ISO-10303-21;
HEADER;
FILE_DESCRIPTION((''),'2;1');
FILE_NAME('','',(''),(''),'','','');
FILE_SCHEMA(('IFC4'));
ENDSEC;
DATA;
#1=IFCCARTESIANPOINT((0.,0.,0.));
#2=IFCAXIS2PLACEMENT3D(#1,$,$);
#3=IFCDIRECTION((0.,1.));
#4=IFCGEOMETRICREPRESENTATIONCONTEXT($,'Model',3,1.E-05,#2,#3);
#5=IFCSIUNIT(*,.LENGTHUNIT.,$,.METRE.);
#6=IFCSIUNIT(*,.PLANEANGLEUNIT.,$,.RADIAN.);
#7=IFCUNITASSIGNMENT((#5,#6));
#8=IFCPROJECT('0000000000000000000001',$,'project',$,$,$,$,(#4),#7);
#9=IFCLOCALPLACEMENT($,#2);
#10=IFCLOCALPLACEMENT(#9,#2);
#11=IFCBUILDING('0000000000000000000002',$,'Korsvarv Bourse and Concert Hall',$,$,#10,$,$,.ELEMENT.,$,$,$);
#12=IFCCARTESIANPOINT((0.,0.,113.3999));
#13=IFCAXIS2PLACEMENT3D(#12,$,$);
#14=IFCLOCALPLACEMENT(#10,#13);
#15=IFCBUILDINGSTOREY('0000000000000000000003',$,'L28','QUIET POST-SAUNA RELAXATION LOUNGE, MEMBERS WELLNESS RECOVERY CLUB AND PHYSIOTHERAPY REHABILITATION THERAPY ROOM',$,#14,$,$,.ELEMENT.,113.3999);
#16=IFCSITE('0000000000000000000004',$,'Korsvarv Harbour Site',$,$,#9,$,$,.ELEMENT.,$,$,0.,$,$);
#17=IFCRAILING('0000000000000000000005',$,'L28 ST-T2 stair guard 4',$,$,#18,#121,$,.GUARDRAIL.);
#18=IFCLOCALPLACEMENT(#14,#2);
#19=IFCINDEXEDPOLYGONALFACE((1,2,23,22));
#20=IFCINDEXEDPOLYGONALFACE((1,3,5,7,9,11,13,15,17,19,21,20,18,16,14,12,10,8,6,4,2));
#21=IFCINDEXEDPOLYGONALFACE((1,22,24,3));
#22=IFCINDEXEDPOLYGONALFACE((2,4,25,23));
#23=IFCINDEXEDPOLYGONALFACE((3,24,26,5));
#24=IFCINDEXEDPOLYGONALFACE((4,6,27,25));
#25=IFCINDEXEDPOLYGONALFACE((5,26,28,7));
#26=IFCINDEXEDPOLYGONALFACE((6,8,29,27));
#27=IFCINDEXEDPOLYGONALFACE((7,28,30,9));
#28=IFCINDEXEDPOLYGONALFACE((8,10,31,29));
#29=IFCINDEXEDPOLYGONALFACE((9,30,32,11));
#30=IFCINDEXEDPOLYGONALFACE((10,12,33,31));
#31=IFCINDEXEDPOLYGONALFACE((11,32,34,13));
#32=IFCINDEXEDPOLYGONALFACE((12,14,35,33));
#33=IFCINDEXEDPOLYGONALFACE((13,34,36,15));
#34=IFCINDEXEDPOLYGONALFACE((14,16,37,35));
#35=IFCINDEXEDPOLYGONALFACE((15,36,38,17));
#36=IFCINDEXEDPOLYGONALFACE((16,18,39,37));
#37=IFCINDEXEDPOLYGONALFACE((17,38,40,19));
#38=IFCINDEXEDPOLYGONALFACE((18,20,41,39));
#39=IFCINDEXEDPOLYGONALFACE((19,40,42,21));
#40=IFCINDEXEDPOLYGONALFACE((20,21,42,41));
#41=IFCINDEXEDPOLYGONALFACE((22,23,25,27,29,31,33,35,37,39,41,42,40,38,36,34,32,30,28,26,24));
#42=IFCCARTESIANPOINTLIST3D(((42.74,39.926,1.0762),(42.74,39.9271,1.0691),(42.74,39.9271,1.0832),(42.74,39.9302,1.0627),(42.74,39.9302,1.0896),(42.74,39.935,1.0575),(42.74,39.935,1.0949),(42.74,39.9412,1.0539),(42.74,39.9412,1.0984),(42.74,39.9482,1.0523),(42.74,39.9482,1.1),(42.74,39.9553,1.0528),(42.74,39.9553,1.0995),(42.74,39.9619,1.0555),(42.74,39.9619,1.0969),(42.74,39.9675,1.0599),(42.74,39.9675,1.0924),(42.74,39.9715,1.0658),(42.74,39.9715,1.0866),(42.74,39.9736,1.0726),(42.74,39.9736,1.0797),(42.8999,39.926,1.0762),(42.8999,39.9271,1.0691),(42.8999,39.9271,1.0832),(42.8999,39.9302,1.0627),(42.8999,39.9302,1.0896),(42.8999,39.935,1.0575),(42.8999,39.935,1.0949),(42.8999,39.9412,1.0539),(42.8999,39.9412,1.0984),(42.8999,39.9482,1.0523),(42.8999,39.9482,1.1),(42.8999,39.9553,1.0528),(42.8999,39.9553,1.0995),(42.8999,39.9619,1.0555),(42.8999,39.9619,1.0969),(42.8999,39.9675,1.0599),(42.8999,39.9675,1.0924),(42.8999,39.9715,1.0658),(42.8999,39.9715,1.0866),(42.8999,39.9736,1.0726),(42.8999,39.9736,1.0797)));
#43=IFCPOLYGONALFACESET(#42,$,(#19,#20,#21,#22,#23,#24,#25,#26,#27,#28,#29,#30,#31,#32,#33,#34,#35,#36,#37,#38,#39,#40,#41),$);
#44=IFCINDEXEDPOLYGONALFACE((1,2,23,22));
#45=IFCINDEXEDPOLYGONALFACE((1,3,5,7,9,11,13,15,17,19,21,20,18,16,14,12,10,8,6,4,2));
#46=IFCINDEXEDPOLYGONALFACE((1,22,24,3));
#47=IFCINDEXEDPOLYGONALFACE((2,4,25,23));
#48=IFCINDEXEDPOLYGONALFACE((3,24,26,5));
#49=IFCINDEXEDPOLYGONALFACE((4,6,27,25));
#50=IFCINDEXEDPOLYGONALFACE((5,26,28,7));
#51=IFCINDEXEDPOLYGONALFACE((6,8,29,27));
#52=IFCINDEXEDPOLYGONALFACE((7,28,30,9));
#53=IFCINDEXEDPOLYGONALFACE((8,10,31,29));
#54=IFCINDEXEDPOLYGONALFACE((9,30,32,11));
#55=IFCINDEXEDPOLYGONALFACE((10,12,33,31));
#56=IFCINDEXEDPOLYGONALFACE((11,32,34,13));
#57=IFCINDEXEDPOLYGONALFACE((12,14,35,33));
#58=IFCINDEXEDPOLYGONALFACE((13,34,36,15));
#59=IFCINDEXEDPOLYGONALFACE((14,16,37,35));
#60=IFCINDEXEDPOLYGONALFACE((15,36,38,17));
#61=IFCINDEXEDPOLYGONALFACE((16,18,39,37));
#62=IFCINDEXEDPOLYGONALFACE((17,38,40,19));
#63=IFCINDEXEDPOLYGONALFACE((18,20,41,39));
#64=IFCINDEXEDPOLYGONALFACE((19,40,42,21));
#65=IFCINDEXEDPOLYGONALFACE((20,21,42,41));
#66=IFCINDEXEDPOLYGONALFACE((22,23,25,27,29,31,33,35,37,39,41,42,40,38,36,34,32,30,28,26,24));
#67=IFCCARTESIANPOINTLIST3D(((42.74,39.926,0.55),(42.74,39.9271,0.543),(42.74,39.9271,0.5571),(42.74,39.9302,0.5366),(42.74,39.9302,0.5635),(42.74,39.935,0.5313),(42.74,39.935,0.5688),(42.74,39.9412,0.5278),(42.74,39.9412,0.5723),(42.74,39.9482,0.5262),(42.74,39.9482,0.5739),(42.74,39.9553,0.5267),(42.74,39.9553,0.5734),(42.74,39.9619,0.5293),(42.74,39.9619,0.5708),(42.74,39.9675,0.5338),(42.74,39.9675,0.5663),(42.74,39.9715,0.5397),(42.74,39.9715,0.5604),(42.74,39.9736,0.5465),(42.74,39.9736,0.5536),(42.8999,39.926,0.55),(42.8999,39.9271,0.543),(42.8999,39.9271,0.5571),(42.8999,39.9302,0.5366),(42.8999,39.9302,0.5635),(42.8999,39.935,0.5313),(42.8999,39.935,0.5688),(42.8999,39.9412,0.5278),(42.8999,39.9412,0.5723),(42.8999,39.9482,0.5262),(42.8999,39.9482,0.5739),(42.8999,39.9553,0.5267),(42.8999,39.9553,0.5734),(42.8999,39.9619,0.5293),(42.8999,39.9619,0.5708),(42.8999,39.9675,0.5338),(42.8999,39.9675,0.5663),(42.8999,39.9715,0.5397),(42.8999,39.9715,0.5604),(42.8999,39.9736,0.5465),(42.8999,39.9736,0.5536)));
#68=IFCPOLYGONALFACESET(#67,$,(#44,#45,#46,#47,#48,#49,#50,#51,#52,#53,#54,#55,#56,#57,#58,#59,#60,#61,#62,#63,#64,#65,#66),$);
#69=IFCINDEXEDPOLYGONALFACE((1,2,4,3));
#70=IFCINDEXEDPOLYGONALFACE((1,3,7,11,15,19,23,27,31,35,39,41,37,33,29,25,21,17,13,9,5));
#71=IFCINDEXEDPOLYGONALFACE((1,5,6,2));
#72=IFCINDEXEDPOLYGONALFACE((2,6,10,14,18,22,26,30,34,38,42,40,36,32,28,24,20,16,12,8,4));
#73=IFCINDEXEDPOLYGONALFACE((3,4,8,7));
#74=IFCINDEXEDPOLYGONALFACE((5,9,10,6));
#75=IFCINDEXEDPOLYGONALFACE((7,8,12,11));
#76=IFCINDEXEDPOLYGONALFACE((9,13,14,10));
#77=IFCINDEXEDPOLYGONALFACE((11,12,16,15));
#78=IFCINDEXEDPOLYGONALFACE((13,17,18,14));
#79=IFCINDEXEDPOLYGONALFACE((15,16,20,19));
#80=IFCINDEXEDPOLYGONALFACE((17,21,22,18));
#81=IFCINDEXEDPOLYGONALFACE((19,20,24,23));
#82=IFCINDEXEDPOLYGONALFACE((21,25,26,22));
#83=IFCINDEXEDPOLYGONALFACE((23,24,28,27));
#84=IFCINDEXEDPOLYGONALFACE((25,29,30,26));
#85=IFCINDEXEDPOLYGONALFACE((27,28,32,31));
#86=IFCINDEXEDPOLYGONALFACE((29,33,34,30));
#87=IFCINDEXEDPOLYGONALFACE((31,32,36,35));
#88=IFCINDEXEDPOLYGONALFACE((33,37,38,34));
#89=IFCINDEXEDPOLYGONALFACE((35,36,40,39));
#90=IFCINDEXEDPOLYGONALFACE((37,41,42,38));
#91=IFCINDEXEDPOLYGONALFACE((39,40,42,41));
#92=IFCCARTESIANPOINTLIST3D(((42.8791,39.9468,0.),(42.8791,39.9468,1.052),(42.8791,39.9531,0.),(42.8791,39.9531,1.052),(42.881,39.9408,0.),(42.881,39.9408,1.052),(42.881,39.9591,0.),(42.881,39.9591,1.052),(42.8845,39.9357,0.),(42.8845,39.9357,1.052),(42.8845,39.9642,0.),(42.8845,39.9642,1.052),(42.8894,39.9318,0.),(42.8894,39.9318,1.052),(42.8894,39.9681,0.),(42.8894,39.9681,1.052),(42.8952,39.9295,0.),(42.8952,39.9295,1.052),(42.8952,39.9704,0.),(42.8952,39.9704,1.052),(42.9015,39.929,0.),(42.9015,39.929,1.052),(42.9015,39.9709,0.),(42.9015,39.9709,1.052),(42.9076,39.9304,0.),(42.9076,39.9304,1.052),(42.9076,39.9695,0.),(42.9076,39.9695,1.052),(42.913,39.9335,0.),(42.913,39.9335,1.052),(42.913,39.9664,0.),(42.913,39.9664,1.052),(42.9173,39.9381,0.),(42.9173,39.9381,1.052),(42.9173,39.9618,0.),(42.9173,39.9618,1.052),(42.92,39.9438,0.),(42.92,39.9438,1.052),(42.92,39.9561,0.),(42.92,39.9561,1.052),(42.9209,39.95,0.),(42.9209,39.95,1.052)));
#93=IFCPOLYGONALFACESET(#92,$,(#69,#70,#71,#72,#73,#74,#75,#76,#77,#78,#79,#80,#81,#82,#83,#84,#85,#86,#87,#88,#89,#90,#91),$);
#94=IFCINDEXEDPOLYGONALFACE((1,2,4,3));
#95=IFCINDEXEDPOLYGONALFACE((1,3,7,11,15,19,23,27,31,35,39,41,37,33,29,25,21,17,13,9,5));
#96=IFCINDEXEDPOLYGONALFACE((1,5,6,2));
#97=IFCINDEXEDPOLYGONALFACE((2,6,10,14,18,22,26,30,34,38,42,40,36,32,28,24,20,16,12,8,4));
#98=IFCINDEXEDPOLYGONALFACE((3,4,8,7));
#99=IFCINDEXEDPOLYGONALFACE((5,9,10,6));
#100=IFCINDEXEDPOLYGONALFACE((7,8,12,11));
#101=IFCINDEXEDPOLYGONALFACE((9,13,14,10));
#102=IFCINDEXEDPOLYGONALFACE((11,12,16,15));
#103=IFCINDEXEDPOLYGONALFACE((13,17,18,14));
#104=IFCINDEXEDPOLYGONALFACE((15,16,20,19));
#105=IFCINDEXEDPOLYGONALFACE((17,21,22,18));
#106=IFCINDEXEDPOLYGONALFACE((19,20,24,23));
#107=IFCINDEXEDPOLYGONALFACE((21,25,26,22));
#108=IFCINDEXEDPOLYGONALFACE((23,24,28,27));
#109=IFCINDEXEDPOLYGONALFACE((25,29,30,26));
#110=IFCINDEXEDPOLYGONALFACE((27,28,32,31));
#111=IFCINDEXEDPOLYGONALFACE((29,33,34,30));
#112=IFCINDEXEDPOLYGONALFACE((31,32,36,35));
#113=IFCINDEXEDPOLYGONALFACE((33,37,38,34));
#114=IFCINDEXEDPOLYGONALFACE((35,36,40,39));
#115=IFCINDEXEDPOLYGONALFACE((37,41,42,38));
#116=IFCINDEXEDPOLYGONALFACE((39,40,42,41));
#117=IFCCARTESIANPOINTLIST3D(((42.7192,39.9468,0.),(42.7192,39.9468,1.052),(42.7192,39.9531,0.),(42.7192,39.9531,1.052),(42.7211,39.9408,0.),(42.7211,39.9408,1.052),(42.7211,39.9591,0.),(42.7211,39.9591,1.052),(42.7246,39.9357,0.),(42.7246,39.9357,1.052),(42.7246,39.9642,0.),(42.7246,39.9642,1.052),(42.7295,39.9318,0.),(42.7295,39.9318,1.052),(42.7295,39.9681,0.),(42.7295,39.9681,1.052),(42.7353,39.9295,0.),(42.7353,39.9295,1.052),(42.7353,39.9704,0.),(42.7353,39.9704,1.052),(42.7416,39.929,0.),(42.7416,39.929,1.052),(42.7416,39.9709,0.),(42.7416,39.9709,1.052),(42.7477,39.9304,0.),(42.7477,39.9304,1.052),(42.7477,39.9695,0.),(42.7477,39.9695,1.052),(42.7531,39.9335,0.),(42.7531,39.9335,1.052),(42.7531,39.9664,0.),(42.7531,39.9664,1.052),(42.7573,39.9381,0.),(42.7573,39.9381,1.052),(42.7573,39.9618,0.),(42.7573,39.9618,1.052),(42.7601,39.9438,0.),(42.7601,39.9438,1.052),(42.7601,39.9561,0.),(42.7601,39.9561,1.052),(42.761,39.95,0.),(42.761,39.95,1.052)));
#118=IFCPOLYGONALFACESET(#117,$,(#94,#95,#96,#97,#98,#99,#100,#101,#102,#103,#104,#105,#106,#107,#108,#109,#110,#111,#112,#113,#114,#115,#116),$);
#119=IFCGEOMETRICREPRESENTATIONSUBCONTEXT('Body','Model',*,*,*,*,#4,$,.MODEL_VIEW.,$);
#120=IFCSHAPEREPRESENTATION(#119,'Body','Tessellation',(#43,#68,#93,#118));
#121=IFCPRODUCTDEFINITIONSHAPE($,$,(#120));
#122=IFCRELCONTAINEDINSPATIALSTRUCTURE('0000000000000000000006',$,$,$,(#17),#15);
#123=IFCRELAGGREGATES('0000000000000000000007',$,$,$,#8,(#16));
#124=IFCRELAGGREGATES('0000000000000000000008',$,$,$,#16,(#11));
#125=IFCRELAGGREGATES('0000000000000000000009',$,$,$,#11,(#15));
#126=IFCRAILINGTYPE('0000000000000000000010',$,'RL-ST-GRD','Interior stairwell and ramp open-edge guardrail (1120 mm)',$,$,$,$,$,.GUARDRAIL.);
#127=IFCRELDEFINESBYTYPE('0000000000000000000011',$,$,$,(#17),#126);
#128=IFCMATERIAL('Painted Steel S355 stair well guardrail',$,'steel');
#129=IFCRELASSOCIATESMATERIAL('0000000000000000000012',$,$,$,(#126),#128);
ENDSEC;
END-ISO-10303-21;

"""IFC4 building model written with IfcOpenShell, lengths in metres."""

from ifc_helpers import new_model, si_unit, direction, frame, origin, origin_2d, place, context, subcontext, project, spatial, circle, extrude, material, type_object, element, save


model = new_model("IFC4")

# Units and contexts
model_context = context("Model", 3, precision=1e-05, world=origin(), true_north=direction((0.0, 1.0)))
body_context = subcontext(model_context, "Body", "Model", "MODEL_VIEW")
ifc_project = project(units=[si_unit("LENGTHUNIT", "METRE"), si_unit("PLANEANGLEUNIT", "RADIAN")], contexts=[model_context])

# Site, building, storey
site_placement = place(None, origin())
site = spatial("IfcSite", under=ifc_project, at=site_placement, Name="Korsvarv Harbour Site", CompositionType="ELEMENT", RefElevation=0.0)
building_placement = place(site_placement, origin())
building = spatial("IfcBuilding", under=site, at=building_placement, Name="Korsvarv Bourse and Concert Hall", CompositionType="ELEMENT")
storey_placement = place(building_placement, frame((0.0, 0.0, 113.3999)))
storey = spatial("IfcBuildingStorey", under=building, at=storey_placement, Name="L28", Description="QUIET POST-SAUNA RELAXATION LOUNGE, MEMBERS WELLNESS RECOVERY CLUB AND PHYSIOTHERAPY REHABILITATION THERAPY ROOM", CompositionType="ELEMENT", Elevation=113.3999)

# Railing
ifc_material_1 = material(Name="Painted Steel S355 stair well guardrail", Category="steel")
railing_type_1 = type_object("IfcRailingType", Name="RL-ST-GRD", Description="Interior stairwell and ramp open-edge guardrail (1120 mm)", PredefinedType="GUARDRAIL", material=ifc_material_1)
railing_1_placement = place(storey_placement, frame((42.8999, 39.95, 0.0)))
element("IfcRailing", 1, at=railing_1_placement, inside=storey, type_object=railing_type_1, Name="L28 ST-T2 stair guard 4", PredefinedType="GUARDRAIL", context=body_context, shape_type="SweptSolid", body=[
    extrude(circle(Radius=0.0239, at=origin_2d()), frame((0.0, 0.0, 1.0762), z_axis=(-1.0, 0.0, 0.0), x_axis=(0.0, -1.0, 0.0)), (0.0, 0.0, 1.0), 0.1599),
    extrude(circle(Radius=0.0239, at=origin_2d()), frame((0.0, 0.0, 0.55), z_axis=(-1.0, 0.0, 0.0), x_axis=(0.0, -1.0, 0.0)), (0.0, 0.0, 1.0), 0.1599),
    extrude(circle(Radius=0.021, at=origin_2d()), origin(), (0.0, 0.0, 1.0), 1.052),
    extrude(circle(Radius=0.021, at=origin_2d()), frame((-0.1599, 0.0, 0.0)), (0.0, 0.0, 1.0), 1.052),
])

save(model, "model.ifc")
